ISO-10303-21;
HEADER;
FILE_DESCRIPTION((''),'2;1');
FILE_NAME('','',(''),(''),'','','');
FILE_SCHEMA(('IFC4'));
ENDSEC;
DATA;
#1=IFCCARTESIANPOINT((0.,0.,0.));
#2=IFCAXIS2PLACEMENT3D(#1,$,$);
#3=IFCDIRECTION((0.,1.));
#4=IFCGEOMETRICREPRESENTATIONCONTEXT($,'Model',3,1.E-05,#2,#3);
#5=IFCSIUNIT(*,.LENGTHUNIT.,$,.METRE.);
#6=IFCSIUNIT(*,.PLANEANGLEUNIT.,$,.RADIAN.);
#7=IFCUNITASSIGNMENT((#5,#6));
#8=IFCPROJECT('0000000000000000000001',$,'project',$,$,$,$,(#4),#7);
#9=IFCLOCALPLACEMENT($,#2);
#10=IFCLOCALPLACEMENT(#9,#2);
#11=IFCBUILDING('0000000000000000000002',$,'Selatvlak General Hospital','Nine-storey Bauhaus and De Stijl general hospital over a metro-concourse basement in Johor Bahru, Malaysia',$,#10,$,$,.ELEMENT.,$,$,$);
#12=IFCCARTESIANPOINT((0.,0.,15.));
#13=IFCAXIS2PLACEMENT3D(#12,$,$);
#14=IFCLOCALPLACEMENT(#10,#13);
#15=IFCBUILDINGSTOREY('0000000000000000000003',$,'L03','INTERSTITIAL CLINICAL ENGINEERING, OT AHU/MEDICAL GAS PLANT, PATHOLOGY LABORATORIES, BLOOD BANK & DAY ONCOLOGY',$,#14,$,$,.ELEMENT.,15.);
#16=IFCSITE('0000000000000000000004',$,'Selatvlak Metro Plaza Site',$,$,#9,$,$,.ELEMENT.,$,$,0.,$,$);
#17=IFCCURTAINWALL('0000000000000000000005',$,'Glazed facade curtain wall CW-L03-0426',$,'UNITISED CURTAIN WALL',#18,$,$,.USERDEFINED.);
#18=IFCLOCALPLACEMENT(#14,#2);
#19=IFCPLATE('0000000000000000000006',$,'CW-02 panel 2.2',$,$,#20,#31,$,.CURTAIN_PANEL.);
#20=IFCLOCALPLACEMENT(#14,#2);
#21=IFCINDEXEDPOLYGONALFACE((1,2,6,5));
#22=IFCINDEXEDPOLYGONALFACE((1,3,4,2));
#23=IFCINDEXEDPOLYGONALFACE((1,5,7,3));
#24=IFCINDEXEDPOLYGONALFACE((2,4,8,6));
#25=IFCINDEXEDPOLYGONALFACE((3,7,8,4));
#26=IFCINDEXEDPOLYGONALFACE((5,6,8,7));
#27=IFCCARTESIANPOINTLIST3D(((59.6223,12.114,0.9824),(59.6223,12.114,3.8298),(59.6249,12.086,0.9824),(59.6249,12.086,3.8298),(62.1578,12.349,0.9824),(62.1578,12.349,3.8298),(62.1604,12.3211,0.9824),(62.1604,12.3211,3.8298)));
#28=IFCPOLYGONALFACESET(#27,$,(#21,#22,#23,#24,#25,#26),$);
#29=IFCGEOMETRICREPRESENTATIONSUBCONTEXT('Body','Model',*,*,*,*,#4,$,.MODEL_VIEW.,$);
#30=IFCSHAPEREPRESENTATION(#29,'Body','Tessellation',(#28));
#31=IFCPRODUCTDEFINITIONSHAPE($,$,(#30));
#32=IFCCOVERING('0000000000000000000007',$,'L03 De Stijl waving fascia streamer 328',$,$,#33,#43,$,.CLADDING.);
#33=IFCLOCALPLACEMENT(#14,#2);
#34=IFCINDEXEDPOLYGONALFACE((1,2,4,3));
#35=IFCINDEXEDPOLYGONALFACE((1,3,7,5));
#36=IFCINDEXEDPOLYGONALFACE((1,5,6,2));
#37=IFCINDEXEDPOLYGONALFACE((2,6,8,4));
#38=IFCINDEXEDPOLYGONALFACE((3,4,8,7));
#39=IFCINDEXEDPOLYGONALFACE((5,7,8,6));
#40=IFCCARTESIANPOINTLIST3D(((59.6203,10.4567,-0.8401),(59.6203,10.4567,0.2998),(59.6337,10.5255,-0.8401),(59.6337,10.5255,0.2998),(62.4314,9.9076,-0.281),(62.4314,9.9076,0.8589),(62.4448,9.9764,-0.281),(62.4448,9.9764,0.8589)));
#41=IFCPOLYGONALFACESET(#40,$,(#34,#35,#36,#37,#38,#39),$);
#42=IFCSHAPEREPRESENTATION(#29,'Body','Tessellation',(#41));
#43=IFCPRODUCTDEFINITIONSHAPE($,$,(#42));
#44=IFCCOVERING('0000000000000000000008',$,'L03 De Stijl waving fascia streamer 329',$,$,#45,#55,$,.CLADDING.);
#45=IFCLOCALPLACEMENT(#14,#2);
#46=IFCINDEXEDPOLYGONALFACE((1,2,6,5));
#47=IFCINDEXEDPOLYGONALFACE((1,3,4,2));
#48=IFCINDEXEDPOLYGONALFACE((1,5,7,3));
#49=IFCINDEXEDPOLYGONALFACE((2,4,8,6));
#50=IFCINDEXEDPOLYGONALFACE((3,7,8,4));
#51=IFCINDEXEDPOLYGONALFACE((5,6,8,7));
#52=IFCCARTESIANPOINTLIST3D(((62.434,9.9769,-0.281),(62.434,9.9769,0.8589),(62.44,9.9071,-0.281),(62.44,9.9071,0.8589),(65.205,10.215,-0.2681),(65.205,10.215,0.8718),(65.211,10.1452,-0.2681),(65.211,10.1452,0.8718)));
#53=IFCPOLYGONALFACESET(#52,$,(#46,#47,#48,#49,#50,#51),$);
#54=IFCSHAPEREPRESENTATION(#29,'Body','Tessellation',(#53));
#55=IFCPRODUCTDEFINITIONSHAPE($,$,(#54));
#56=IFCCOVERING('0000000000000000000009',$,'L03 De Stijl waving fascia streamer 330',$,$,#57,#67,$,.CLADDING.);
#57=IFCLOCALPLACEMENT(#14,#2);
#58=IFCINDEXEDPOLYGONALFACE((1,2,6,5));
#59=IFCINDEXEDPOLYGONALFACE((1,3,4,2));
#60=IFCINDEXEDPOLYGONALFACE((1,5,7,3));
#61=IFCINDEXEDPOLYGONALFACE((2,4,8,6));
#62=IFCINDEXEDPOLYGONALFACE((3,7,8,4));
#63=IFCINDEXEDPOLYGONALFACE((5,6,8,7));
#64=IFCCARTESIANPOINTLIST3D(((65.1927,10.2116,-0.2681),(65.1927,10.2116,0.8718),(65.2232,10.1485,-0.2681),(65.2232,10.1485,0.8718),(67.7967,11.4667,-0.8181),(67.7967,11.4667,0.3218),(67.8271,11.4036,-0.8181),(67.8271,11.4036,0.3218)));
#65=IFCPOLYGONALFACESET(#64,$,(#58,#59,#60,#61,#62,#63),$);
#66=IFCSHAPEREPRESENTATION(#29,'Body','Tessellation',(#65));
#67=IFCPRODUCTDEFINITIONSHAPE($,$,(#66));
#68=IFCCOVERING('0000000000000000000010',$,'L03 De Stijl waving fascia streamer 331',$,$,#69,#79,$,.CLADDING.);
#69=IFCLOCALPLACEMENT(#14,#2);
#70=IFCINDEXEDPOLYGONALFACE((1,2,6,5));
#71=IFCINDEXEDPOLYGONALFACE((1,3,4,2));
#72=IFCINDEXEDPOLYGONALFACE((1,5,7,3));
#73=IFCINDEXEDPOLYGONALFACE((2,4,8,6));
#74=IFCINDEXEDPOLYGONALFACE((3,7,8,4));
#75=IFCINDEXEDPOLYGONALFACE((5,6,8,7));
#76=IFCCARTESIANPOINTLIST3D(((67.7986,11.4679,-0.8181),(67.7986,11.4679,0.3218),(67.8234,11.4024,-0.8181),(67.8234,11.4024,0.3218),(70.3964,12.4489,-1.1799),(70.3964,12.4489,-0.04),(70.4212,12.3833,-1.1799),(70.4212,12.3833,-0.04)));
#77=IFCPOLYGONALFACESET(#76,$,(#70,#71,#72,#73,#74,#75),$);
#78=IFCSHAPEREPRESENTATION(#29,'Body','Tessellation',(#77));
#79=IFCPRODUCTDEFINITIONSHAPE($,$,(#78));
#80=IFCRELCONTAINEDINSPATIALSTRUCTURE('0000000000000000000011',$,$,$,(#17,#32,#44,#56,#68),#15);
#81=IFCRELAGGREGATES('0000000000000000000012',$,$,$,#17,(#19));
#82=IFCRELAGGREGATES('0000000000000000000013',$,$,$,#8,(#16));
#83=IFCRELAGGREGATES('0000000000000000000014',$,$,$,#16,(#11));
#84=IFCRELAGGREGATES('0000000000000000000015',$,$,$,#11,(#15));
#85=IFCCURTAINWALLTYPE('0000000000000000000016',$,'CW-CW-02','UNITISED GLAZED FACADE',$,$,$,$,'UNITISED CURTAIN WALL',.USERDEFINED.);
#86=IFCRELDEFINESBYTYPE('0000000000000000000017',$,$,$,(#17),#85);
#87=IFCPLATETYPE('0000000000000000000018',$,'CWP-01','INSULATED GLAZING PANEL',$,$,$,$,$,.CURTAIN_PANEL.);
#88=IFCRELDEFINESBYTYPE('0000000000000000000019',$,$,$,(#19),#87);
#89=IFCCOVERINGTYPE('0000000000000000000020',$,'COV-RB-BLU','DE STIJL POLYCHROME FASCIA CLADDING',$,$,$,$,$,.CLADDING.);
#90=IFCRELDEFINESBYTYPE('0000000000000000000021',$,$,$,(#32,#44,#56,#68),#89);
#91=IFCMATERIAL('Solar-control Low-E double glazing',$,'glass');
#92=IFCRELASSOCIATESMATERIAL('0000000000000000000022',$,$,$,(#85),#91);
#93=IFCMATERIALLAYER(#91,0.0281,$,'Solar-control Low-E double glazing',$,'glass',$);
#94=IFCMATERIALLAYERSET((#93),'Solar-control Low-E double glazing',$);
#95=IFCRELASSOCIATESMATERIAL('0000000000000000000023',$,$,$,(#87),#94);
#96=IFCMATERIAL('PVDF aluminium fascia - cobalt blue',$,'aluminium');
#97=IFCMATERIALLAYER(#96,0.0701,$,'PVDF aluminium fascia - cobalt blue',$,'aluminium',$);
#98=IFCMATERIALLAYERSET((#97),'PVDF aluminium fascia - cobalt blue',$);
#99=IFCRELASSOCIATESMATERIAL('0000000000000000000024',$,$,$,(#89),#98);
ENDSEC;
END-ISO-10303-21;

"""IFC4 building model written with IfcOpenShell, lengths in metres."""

from ifc_helpers import new_model, si_unit, direction, frame, origin, origin_2d, place, context, subcontext, project, spatial, polyline, rectangle, outline, extrude, material, layer, layer_set, type_object, element, aggregate, save


model = new_model("IFC4")

# Units and contexts
model_context = context("Model", 3, precision=1e-05, world=origin(), true_north=direction((0.0, 1.0)))
body_context = subcontext(model_context, "Body", "Model", "MODEL_VIEW")
ifc_project = project(units=[si_unit("LENGTHUNIT", "METRE"), si_unit("PLANEANGLEUNIT", "RADIAN")], contexts=[model_context])

# Site, building, storey
site_placement = place(None, origin())
site = spatial("IfcSite", under=ifc_project, at=site_placement, Name="Selatvlak Metro Plaza Site", CompositionType="ELEMENT", RefElevation=0.0)
building_placement = place(site_placement, origin())
building = spatial("IfcBuilding", under=site, at=building_placement, Name="Selatvlak General Hospital", Description="Nine-storey Bauhaus and De Stijl general hospital over a metro-concourse basement in Johor Bahru, Malaysia", CompositionType="ELEMENT")
storey_placement = place(building_placement, frame((0.0, 0.0, 15.0)))
storey = spatial("IfcBuildingStorey", under=building, at=storey_placement, Name="L03", Description="INTERSTITIAL CLINICAL ENGINEERING, OT AHU/MEDICAL GAS PLANT, PATHOLOGY LABORATORIES, BLOOD BANK & DAY ONCOLOGY", CompositionType="ELEMENT", Elevation=15.0)

# Curtain wall
ifc_material_1 = material(Name="Solar-control Low-E double glazing", Category="glass")
curtain_wall_type_1 = type_object("IfcCurtainWallType", Name="CW-CW-02", Description="UNITISED GLAZED FACADE", ElementType="UNITISED CURTAIN WALL", PredefinedType="USERDEFINED", material=ifc_material_1)
curtain_wall_1_placement = place(storey_placement, origin())
curtain_wall_1 = element("IfcCurtainWall", 1, at=curtain_wall_1_placement, inside=storey, type_object=curtain_wall_type_1, Name="Glazed facade curtain wall CW-L03-0426", ObjectType="UNITISED CURTAIN WALL", PredefinedType="USERDEFINED")

# Plate
ifc_layer_1 = layer(ifc_material_1, 0.0281, Name="Solar-control Low-E double glazing", Category="glass")
ifc_layer_set_1 = layer_set([ifc_layer_1], Name="Solar-control Low-E double glazing")
plate_type = type_object("IfcPlateType", Name="CWP-01", Description="INSULATED GLAZING PANEL", PredefinedType="CURTAIN_PANEL", material=ifc_layer_set_1)
plate_1_placement = place(storey_placement, frame((60.8914, 12.2175, 0.9824), z_axis=(0.0, 0.0, 1.0), x_axis=(-0.995732, -0.092292, 0.0)))
plate_1 = element("IfcPlate", 2, at=plate_1_placement, type_object=plate_type, Name="CW-02 panel 2.2", PredefinedType="CURTAIN_PANEL", context=body_context, shape_type="SweptSolid", body=[
    extrude(rectangle(XDim=2.5464, YDim=0.0281, at=origin_2d()), origin(), (0.0, 0.0, 1.0), 2.8474),
])
aggregate(curtain_wall_1, [plate_1])

# Coverings
ifc_material_2 = material(Name="PVDF aluminium fascia - cobalt blue", Category="aluminium")
ifc_layer_2 = layer(ifc_material_2, 0.0701, Name="PVDF aluminium fascia - cobalt blue", Category="aluminium")
ifc_layer_set_2 = layer_set([ifc_layer_2], Name="PVDF aluminium fascia - cobalt blue")
covering_type = type_object("IfcCoveringType", Name="COV-RB-BLU", Description="DE STIJL POLYCHROME FASCIA CLADDING", PredefinedType="CLADDING", material=ifc_layer_set_2)
covering_1_placement = place(storey_placement, frame((59.627, 10.491, -0.8401), z_axis=(0.0, 0.0, 1.0), x_axis=(0.981453, -0.191705, 0.0)))
element("IfcCovering", 3, at=covering_1_placement, inside=storey, type_object=covering_type, Name="L03 De Stijl waving fascia streamer 328", PredefinedType="CLADDING", context=body_context, shape_type="SweptSolid", body=[
    extrude(outline(polyline([(0.0, 0.0), (2.8643, 0.5591), (2.8643, 1.699), (0.0, 1.1399), (0.0, 0.0)])), frame((0.0, 0.0352, 0.0), z_axis=(0.0, -1.0, 0.0), x_axis=(1.0, 0.0, 0.0)), (0.0, 0.0, 1.0), 0.0701),
])
covering_2_placement = place(storey_placement, frame((62.437, 9.9419, -0.281), z_axis=(0.0, 0.0, 1.0), x_axis=(0.996331, 0.085588, 0.0)))
element("IfcCovering", 4, at=covering_2_placement, inside=storey, type_object=covering_type, Name="L03 De Stijl waving fascia streamer 329", PredefinedType="CLADDING", context=body_context, shape_type="SweptSolid", body=[
    extrude(outline(polyline([(0.0, 0.0), (2.7812, 0.0129), (2.7812, 1.1528), (0.0, 1.1399), (0.0, 0.0)])), frame((0.0, 0.0352, 0.0), z_axis=(0.0, -1.0, 0.0), x_axis=(1.0, 0.0, 0.0)), (0.0, 0.0, 1.0), 0.0701),
])
covering_3_placement = place(storey_placement, frame((65.208, 10.1799, -0.2681), z_axis=(0.0, 0.0, 1.0), x_axis=(0.900819, 0.434194, 0.0)))
element("IfcCovering", 5, at=covering_3_placement, inside=storey, type_object=covering_type, Name="L03 De Stijl waving fascia streamer 330", PredefinedType="CLADDING", context=body_context, shape_type="SweptSolid", body=[
    extrude(outline(polyline([(0.0, 0.0), (2.8906, -0.55), (2.8906, 0.5898), (0.0, 1.1399), (0.0, 0.0)])), frame((0.0, 0.0352, 0.0), z_axis=(0.0, -1.0, 0.0), x_axis=(1.0, 0.0, 0.0)), (0.0, 0.0, 1.0), 0.0701),
])
covering_4_placement = place(storey_placement, frame((67.811, 11.4351, -0.8181), z_axis=(0.0, 0.0, 1.0), x_axis=(0.935528, 0.353252, 0.0)))
element("IfcCovering", 6, at=covering_4_placement, inside=storey, type_object=covering_type, Name="L03 De Stijl waving fascia streamer 331", PredefinedType="CLADDING", context=body_context, shape_type="SweptSolid", body=[
    extrude(outline(polyline([(0.0, 0.0), (2.7769, -0.3618), (2.7769, 0.7781), (0.0, 1.1399), (0.0, 0.0)])), frame((0.0, 0.0352, 0.0), z_axis=(0.0, -1.0, 0.0), x_axis=(1.0, 0.0, 0.0)), (0.0, 0.0, 1.0), 0.0701),
])

save(model, "model.ifc")
